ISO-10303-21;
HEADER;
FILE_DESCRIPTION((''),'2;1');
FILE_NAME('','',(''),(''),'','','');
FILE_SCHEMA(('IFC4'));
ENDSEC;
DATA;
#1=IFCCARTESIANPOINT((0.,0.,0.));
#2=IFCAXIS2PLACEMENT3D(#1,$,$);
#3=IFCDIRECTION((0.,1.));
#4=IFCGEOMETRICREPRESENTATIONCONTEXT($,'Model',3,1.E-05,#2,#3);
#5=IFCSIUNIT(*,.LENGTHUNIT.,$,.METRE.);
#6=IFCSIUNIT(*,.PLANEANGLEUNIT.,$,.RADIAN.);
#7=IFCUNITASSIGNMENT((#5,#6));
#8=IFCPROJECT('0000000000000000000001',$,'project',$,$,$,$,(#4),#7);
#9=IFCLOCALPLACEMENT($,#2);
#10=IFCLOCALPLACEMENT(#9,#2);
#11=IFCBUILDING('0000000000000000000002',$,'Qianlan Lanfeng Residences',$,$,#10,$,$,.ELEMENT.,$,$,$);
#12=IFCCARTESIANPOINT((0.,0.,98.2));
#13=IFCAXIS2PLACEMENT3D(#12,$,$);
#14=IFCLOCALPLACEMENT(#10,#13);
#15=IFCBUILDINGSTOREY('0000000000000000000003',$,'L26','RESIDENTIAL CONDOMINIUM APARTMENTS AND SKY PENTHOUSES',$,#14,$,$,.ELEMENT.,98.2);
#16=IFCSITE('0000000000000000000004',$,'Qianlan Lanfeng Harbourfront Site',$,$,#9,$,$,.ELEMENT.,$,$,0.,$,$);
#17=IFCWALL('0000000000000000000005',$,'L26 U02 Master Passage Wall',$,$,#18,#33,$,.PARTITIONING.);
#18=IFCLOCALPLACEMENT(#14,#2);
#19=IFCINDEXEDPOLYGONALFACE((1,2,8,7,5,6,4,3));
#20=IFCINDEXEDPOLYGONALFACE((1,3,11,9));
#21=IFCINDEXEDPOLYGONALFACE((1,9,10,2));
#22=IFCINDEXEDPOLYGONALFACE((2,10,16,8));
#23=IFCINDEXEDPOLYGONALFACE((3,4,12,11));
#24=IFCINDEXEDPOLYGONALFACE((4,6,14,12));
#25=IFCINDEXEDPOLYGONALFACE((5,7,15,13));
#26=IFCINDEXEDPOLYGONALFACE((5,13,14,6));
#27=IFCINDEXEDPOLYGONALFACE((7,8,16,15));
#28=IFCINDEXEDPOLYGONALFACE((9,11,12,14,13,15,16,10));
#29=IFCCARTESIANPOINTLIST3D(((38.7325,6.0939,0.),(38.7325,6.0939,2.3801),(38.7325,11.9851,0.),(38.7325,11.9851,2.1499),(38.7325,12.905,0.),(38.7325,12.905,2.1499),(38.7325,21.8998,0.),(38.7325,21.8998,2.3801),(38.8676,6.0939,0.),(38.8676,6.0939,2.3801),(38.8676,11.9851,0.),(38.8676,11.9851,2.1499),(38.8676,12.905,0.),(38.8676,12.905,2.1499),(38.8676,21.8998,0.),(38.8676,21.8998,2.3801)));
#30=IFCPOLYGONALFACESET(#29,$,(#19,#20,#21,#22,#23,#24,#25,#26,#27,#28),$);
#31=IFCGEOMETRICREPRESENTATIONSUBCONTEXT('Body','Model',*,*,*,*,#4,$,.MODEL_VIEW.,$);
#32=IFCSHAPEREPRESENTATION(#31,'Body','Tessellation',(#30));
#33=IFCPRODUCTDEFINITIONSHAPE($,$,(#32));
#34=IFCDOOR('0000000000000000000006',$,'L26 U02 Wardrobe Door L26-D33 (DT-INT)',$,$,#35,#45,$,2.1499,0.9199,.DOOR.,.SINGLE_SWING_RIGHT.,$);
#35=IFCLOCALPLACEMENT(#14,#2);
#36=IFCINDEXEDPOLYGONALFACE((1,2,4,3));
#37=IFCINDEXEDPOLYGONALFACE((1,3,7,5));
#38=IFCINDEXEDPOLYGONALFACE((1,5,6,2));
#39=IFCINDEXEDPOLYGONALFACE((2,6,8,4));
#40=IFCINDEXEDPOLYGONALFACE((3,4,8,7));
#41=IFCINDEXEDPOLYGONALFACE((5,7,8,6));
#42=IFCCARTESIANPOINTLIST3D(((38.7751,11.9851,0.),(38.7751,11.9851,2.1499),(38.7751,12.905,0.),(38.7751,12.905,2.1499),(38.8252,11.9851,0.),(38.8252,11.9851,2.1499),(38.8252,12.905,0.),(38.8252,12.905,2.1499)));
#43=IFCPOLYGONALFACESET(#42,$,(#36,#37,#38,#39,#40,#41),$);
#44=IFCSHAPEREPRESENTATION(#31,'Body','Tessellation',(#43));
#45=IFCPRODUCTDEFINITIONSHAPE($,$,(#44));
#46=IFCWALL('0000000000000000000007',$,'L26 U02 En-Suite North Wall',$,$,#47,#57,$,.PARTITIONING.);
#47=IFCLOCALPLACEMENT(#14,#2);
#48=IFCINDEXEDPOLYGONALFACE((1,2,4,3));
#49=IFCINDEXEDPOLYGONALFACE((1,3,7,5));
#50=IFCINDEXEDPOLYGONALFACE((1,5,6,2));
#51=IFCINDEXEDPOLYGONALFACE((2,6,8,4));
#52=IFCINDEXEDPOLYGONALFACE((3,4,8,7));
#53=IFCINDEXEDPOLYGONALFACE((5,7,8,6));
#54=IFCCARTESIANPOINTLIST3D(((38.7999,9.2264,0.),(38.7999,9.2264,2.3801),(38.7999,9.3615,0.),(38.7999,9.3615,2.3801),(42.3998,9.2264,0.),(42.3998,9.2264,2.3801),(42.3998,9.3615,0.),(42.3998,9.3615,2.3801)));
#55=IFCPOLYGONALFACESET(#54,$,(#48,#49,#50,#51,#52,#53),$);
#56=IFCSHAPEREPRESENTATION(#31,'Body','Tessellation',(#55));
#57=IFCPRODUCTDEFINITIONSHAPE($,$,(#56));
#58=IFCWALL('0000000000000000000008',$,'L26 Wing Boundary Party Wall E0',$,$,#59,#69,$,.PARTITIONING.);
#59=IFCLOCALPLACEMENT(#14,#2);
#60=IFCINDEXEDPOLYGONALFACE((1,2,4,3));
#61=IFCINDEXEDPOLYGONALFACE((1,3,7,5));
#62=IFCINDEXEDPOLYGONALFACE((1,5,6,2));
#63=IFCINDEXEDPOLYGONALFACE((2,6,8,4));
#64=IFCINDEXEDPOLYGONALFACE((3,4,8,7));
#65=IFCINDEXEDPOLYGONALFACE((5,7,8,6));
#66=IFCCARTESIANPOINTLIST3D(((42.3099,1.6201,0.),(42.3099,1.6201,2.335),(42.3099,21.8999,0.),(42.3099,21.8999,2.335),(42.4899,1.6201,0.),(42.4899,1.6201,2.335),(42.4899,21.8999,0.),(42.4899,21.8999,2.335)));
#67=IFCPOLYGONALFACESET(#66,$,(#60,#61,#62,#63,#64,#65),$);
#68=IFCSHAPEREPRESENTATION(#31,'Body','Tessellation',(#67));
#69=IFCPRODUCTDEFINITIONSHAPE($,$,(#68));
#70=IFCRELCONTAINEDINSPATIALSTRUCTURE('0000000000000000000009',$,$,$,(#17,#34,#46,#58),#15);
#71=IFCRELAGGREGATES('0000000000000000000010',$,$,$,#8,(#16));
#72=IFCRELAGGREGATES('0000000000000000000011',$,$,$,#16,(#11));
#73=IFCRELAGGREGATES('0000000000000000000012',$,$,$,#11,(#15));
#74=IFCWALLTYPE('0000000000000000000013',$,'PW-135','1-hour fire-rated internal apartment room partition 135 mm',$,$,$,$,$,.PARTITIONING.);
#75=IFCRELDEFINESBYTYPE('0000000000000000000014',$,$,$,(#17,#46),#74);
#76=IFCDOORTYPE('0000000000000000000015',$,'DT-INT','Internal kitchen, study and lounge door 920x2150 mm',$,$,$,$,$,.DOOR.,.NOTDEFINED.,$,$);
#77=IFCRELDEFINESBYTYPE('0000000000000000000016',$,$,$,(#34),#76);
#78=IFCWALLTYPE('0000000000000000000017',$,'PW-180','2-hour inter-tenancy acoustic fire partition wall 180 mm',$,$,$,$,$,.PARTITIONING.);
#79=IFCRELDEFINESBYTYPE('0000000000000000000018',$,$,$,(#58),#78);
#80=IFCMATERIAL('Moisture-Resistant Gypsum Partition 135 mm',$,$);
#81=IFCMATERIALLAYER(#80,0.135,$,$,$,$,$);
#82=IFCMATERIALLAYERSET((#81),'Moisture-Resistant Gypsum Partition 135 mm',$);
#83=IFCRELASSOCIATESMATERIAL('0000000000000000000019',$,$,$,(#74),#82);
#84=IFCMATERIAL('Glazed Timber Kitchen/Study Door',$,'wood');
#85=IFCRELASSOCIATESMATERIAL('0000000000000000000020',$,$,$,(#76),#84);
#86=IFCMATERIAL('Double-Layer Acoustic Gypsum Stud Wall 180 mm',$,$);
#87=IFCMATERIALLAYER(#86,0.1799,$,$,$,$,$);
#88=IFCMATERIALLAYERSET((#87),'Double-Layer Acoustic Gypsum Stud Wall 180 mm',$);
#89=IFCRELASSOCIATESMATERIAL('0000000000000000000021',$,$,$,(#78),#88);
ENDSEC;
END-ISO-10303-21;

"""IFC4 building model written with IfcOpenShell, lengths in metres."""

from ifc_helpers import new_model, si_unit, direction, frame, frame_2d, origin, place, context, subcontext, project, spatial, rectangle, extrude, material, layer, layer_set, type_object, element, fill, save


model = new_model("IFC4")

# Units and contexts
model_context = context("Model", 3, precision=1e-05, world=origin(), true_north=direction((0.0, 1.0)))
body_context = subcontext(model_context, "Body", "Model", "MODEL_VIEW")
ifc_project = project(units=[si_unit("LENGTHUNIT", "METRE"), si_unit("PLANEANGLEUNIT", "RADIAN")], contexts=[model_context])

# Site, building, storey
site_placement = place(None, origin())
site = spatial("IfcSite", under=ifc_project, at=site_placement, Name="Qianlan Lanfeng Harbourfront Site", CompositionType="ELEMENT", RefElevation=0.0)
building_placement = place(site_placement, origin())
building = spatial("IfcBuilding", under=site, at=building_placement, Name="Qianlan Lanfeng Residences", CompositionType="ELEMENT")
storey_placement = place(building_placement, frame((0.0, 0.0, 98.2)))
storey = spatial("IfcBuildingStorey", under=building, at=storey_placement, Name="L26", Description="RESIDENTIAL CONDOMINIUM APARTMENTS AND SKY PENTHOUSES", CompositionType="ELEMENT", Elevation=98.2)

# Wall, opening, door
ifc_material_1 = material(Name="Moisture-Resistant Gypsum Partition 135 mm")
ifc_layer_1 = layer(ifc_material_1, 0.135)
ifc_layer_set_1 = layer_set([ifc_layer_1], Name="Moisture-Resistant Gypsum Partition 135 mm")
wall_type_1 = type_object("IfcWallType", Name="PW-135", Description="1-hour fire-rated internal apartment room partition 135 mm", PredefinedType="PARTITIONING", material=ifc_layer_set_1)
wall_1_placement = place(storey_placement, frame((38.8, 6.094, 0.0), z_axis=(0.0, 0.0, 1.0), x_axis=(0.0, 1.0, 0.0)))
wall_1 = element("IfcWall", 1, at=wall_1_placement, inside=storey, type_object=wall_type_1, Name="L26 U02 Master Passage Wall", PredefinedType="PARTITIONING", context=body_context, shape_type="SweptSolid", body=[
    extrude(rectangle(XDim=15.8059, YDim=0.135, at=frame_2d((7.9028, 0.0))), origin(), (0.0, 0.0, 1.0), 2.3801),
])
opening_1_placement = place(wall_1_placement, frame((5.8911, 0.0, 0.0)))
opening_1 = element("IfcOpeningElement", 2, at=opening_1_placement, cuts=wall_1, PredefinedType="OPENING", context=body_context, shape_type="SweptSolid", body=[
    extrude(rectangle(XDim=0.9199, YDim=2.1499, at=frame_2d((0.46, 1.075))), frame((0.0, 0.0776, 0.0), z_axis=(0.0, -1.0, 0.0), x_axis=(1.0, 0.0, 0.0)), (0.0, 0.0, 1.0), 0.155),
])
ifc_material_2 = material(Name="Glazed Timber Kitchen/Study Door", Category="wood")
door_type_1 = type_object("IfcDoorType", Name="DT-INT", Description="Internal kitchen, study and lounge door 920x2150 mm", OperationType="NOTDEFINED", PredefinedType="DOOR", material=ifc_material_2)
door_1_placement = place(opening_1_placement, origin())
door_1 = element("IfcDoor", 3, at=door_1_placement, inside=storey, type_object=door_type_1, Name="L26 U02 Wardrobe Door L26-D33 (DT-INT)", OperationType="SINGLE_SWING_RIGHT", OverallHeight=2.1499, OverallWidth=0.9199, PredefinedType="DOOR", context=body_context, shape_type="SweptSolid", body=[
    extrude(rectangle(XDim=0.9199, YDim=2.1499, at=frame_2d((0.46, 1.075))), frame((0.0, 0.0249, 0.0), z_axis=(0.0, -1.0, 0.0), x_axis=(1.0, 0.0, 0.0)), (0.0, 0.0, 1.0), 0.05),
])
fill(opening_1, door_1)

# Walls
wall_2_placement = place(storey_placement, frame((38.8, 9.2939, 0.0), z_axis=(0.0, 0.0, 1.0), x_axis=(1.0, 0.0, 0.0)))
element("IfcWall", 4, at=wall_2_placement, inside=storey, type_object=wall_type_1, Name="L26 U02 En-Suite North Wall", PredefinedType="PARTITIONING", context=body_context, shape_type="SweptSolid", body=[
    extrude(rectangle(XDim=3.5999, YDim=0.135, at=frame_2d((1.7998, 0.0))), origin(), (0.0, 0.0, 1.0), 2.3801),
])
ifc_material_3 = material(Name="Double-Layer Acoustic Gypsum Stud Wall 180 mm")
ifc_layer_2 = layer(ifc_material_3, 0.1799)
ifc_layer_set_2 = layer_set([ifc_layer_2], Name="Double-Layer Acoustic Gypsum Stud Wall 180 mm")
wall_type_2 = type_object("IfcWallType", Name="PW-180", Description="2-hour inter-tenancy acoustic fire partition wall 180 mm", PredefinedType="PARTITIONING", material=ifc_layer_set_2)
wall_3_placement = place(storey_placement, frame((42.3999, 1.6201, 0.0), z_axis=(0.0, 0.0, 1.0), x_axis=(0.0, 1.0, 0.0)))
element("IfcWall", 5, at=wall_3_placement, inside=storey, type_object=wall_type_2, Name="L26 Wing Boundary Party Wall E0", PredefinedType="PARTITIONING", context=body_context, shape_type="SweptSolid", body=[
    extrude(rectangle(XDim=20.2798, YDim=0.1799, at=frame_2d((10.1399, 0.0))), origin(), (0.0, 0.0, 1.0), 2.335),
])

save(model, "model.ifc")
